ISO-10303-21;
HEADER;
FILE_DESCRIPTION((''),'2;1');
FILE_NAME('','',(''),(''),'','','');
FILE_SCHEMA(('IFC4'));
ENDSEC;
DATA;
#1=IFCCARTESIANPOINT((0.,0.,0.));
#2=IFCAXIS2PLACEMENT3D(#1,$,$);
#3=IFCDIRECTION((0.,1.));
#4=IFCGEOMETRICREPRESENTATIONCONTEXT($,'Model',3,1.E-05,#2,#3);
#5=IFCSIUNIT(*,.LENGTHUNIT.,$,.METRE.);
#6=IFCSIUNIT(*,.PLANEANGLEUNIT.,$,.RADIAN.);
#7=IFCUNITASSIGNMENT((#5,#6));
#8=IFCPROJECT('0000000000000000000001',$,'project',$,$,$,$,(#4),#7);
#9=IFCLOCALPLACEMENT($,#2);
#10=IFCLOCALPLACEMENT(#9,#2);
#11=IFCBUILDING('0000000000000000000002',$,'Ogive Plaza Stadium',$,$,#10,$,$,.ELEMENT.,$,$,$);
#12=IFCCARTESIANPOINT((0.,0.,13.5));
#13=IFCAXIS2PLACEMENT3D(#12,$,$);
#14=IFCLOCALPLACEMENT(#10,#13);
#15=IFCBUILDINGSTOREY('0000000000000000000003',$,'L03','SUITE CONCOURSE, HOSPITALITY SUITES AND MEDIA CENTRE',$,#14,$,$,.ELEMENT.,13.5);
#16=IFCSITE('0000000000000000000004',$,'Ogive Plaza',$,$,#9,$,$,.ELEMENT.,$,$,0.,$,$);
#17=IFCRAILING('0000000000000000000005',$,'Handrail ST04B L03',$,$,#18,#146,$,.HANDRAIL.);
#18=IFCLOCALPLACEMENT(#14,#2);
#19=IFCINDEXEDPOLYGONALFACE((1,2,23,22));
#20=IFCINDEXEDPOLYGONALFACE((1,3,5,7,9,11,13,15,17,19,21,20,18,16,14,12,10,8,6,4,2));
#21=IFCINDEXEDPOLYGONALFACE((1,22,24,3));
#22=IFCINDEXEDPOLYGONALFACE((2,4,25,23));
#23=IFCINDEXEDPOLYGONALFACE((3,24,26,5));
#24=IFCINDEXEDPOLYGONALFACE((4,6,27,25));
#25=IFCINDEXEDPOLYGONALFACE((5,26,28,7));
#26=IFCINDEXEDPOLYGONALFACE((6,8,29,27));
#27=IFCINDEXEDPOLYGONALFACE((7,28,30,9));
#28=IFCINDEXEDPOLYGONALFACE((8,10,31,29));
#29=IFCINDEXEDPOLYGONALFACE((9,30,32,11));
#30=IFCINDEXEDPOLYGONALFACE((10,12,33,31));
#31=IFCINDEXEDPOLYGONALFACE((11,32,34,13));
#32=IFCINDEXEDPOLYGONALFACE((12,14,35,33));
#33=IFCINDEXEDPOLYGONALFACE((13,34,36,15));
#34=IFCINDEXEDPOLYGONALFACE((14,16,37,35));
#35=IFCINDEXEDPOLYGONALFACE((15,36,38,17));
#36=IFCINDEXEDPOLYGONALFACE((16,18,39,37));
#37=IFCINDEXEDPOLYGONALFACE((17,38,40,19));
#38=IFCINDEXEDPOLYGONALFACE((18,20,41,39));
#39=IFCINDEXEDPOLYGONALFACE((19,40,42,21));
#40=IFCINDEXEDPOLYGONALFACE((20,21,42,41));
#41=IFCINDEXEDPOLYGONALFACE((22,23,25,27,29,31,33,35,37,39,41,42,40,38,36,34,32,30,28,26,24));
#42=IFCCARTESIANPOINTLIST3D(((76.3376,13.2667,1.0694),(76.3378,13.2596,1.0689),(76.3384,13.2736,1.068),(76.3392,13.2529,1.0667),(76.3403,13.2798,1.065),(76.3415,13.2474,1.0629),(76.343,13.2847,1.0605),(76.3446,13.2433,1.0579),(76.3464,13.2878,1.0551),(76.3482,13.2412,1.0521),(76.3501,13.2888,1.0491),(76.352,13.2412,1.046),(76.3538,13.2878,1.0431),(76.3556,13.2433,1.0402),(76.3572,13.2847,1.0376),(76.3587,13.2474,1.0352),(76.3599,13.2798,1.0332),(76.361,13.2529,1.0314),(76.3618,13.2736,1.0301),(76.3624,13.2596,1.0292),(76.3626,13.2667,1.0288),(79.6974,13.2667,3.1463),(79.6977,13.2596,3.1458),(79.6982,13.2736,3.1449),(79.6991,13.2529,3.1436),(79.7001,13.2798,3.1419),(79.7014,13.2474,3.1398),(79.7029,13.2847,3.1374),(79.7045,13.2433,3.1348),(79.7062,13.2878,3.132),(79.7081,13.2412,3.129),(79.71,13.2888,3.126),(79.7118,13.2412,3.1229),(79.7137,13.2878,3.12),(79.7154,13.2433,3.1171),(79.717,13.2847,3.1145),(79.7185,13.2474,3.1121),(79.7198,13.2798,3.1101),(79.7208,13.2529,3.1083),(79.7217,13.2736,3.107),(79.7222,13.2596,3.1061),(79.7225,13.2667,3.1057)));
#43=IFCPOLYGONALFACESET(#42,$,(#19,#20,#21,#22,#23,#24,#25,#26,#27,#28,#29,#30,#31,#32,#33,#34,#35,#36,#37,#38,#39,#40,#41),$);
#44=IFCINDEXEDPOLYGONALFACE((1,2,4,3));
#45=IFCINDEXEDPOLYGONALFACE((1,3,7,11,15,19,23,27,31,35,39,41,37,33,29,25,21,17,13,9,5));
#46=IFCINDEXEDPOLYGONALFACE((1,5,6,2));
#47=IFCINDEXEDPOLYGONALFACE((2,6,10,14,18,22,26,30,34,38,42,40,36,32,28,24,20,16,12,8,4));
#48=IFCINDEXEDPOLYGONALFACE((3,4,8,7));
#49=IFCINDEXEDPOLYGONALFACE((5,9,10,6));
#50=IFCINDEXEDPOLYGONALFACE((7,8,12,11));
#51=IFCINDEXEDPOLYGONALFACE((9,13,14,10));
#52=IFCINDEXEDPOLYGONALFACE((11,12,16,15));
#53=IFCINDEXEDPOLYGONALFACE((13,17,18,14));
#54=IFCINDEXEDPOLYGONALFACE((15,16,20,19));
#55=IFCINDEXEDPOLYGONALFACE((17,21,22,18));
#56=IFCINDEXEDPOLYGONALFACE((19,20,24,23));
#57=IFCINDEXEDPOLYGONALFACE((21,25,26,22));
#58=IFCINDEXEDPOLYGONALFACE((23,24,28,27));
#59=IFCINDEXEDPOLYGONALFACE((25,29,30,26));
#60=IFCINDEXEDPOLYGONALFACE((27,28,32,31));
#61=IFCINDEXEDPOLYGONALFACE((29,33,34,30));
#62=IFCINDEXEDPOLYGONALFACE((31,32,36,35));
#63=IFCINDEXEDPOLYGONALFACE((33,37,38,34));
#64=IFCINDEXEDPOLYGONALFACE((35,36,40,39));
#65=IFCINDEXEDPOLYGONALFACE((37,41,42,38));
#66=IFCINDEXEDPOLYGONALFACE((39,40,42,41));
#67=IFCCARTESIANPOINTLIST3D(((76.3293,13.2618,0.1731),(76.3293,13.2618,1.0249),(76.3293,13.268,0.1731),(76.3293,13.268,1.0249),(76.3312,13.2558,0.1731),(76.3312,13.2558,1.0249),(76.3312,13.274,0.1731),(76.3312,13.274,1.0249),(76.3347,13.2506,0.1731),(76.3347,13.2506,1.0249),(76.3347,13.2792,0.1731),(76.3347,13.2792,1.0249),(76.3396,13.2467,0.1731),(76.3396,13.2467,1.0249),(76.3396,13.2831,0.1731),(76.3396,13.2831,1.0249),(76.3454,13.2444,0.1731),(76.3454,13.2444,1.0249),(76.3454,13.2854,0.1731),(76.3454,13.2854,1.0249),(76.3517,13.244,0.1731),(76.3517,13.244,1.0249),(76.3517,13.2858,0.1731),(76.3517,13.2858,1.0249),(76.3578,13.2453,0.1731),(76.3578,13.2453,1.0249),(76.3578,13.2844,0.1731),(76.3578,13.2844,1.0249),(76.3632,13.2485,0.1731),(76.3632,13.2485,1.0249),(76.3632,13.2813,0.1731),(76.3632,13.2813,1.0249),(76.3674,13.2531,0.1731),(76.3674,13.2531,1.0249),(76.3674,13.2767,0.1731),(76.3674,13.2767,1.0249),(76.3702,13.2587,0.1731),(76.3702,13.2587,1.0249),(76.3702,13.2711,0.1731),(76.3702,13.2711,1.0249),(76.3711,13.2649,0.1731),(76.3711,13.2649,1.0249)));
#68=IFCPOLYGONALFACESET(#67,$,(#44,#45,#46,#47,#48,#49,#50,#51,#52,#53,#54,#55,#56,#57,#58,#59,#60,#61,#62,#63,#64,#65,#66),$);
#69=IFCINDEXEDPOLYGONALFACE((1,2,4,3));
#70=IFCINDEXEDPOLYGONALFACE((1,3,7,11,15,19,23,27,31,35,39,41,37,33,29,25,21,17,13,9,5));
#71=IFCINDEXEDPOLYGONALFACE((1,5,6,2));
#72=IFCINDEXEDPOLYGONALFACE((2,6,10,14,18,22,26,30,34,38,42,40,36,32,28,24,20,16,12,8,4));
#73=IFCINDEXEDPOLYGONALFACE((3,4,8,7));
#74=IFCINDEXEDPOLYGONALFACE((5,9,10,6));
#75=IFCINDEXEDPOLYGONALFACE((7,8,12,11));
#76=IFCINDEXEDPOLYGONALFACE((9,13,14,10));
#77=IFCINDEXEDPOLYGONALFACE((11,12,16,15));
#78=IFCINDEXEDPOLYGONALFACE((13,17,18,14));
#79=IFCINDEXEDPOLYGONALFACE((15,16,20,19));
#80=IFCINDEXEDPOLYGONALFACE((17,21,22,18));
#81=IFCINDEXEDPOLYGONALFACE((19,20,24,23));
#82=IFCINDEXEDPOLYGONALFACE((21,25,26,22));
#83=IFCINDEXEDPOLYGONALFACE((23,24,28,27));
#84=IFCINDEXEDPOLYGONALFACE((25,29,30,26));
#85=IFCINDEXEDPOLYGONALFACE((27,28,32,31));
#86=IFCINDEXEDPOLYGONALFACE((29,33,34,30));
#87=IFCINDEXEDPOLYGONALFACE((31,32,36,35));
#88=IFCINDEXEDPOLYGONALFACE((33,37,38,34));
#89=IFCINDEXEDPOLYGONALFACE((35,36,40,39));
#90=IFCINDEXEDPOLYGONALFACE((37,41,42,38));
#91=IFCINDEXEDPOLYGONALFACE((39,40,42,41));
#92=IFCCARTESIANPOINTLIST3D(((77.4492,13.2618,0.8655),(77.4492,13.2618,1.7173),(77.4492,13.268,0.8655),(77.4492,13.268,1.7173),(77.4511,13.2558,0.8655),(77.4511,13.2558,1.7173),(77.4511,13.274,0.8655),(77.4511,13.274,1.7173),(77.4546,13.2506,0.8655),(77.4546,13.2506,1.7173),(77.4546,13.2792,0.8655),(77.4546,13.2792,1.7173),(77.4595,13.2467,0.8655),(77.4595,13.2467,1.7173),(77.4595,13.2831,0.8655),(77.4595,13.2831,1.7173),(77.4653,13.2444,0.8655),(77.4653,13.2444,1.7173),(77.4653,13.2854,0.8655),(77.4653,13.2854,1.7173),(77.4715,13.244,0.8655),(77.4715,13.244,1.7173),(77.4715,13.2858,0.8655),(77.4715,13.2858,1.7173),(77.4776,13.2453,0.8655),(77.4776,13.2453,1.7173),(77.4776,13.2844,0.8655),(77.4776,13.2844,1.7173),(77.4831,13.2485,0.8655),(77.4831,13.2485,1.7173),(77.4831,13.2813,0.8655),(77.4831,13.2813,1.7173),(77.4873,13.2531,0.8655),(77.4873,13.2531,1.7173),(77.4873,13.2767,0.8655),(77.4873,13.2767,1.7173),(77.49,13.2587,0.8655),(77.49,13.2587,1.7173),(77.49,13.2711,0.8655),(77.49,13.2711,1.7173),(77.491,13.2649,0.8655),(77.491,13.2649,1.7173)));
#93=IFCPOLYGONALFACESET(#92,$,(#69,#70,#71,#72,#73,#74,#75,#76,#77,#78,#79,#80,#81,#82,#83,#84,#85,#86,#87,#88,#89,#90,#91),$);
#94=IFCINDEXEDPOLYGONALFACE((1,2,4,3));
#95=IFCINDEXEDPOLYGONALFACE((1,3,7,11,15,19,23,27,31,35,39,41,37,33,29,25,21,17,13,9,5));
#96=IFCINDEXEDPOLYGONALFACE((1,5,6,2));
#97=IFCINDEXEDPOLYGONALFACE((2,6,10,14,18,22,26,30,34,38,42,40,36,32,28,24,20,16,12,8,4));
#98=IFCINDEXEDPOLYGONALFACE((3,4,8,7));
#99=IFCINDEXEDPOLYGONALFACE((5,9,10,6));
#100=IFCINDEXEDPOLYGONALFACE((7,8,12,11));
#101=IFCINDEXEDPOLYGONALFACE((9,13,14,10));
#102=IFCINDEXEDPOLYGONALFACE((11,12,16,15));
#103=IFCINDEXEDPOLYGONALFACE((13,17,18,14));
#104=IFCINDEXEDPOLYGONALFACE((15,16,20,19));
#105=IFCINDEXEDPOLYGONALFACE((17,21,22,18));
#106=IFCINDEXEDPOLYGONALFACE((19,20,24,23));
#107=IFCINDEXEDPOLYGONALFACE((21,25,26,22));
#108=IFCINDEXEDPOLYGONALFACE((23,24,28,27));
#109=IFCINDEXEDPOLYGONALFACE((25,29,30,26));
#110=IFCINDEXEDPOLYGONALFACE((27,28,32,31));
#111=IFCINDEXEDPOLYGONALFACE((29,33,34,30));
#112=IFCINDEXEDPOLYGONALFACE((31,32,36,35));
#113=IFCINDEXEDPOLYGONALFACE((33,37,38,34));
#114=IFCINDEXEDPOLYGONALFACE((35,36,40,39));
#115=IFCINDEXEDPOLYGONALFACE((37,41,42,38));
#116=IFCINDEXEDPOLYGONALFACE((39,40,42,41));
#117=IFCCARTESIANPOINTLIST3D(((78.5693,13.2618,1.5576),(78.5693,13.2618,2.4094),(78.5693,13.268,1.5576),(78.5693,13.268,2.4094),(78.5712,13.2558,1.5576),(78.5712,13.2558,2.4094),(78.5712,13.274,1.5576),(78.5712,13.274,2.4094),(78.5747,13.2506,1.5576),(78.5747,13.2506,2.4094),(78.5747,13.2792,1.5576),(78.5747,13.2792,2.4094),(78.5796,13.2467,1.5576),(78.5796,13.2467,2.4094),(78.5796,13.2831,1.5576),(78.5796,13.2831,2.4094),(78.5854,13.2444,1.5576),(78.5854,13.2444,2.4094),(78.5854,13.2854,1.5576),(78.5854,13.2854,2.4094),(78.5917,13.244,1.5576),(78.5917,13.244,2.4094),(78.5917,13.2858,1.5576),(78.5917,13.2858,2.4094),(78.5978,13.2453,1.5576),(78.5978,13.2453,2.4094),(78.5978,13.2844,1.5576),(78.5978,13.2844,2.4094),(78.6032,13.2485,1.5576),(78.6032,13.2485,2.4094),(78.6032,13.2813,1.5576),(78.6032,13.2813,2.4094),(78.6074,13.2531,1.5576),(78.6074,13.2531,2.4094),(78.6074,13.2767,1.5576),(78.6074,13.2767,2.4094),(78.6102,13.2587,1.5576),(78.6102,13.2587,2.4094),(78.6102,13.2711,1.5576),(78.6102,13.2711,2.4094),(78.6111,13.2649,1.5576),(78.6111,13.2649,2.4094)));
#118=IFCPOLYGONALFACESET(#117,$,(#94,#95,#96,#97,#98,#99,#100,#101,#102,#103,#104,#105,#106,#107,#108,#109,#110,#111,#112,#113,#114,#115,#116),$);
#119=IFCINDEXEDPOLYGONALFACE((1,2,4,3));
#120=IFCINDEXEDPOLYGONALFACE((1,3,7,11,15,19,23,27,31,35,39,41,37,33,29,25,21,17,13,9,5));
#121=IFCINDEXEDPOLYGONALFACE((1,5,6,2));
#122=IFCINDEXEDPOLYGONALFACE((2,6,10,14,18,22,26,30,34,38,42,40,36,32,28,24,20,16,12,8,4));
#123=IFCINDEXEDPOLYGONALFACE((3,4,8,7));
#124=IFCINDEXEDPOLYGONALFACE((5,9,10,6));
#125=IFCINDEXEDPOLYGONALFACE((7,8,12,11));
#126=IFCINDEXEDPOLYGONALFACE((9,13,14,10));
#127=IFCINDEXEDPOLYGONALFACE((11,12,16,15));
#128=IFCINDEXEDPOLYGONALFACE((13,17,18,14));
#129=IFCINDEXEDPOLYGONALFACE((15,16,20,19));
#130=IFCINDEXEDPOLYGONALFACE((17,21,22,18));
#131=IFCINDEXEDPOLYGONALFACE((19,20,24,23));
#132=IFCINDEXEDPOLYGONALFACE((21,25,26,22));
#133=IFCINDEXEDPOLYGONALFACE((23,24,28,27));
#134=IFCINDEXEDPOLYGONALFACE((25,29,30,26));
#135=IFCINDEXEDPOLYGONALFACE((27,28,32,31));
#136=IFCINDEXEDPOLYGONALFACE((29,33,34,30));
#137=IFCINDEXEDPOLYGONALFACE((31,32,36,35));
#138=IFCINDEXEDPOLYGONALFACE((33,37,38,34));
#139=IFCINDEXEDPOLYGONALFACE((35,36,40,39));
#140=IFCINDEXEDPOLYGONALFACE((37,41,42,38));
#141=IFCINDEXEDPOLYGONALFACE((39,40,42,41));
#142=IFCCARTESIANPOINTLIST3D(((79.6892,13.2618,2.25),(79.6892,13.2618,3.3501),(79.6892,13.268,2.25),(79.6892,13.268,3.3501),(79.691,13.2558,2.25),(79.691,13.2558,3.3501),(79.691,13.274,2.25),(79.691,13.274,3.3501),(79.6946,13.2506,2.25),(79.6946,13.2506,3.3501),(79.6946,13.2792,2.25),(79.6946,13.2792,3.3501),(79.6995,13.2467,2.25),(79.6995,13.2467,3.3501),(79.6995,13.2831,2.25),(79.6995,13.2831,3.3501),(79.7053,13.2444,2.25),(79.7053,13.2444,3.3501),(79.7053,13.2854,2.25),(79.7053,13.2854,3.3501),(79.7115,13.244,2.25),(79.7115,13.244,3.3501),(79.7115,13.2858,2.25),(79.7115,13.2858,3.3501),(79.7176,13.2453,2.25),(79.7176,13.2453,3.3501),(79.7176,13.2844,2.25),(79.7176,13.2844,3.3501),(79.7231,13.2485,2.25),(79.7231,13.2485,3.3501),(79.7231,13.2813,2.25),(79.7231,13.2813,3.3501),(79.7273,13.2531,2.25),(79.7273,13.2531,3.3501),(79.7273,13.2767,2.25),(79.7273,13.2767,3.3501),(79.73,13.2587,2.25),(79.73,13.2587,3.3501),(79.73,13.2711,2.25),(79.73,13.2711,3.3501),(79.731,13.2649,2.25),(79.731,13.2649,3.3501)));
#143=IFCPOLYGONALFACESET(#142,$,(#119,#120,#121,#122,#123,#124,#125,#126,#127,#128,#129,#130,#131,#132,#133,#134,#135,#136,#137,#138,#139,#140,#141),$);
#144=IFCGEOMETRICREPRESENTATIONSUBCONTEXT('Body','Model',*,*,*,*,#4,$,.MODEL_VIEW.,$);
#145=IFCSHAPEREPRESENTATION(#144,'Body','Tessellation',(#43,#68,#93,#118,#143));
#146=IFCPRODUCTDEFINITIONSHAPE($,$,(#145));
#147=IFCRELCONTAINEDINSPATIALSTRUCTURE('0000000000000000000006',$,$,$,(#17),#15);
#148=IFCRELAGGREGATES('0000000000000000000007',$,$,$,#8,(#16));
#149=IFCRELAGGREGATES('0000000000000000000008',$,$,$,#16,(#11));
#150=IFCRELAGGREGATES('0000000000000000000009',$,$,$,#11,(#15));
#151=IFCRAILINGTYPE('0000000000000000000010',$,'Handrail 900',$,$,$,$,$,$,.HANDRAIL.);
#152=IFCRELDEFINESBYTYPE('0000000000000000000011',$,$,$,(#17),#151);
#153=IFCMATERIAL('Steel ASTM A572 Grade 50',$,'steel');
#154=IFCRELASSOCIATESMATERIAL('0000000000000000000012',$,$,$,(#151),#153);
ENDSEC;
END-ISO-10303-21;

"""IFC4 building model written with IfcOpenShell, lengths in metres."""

from ifc_helpers import new_model, si_unit, direction, frame, origin, origin_2d, place, context, subcontext, project, spatial, circle, extrude, material, type_object, element, save


model = new_model("IFC4")

# Units and contexts
model_context = context("Model", 3, precision=1e-05, world=origin(), true_north=direction((0.0, 1.0)))
body_context = subcontext(model_context, "Body", "Model", "MODEL_VIEW")
ifc_project = project(units=[si_unit("LENGTHUNIT", "METRE"), si_unit("PLANEANGLEUNIT", "RADIAN")], contexts=[model_context])

# Site, building, storey
site_placement = place(None, origin())
site = spatial("IfcSite", under=ifc_project, at=site_placement, Name="Ogive Plaza", CompositionType="ELEMENT", RefElevation=0.0)
building_placement = place(site_placement, origin())
building = spatial("IfcBuilding", under=site, at=building_placement, Name="Ogive Plaza Stadium", CompositionType="ELEMENT")
storey_placement = place(building_placement, frame((0.0, 0.0, 13.5)))
storey = spatial("IfcBuildingStorey", under=building, at=storey_placement, Name="L03", Description="SUITE CONCOURSE, HOSPITALITY SUITES AND MEDIA CENTRE", CompositionType="ELEMENT", Elevation=13.5)

# Railing
ifc_material_1 = material(Name="Steel ASTM A572 Grade 50", Category="steel")
railing_type_1 = type_object("IfcRailingType", Name="Handrail 900", PredefinedType="HANDRAIL", material=ifc_material_1)
for number, where, name in (
    (1, (76.3501, 13.2649, 0.1731), "Handrail ST04B L03"),
):
    element("IfcRailing", number, at=place(storey_placement, frame(where)), inside=storey, type_object=railing_type_1, Name=name, PredefinedType="HANDRAIL", context=body_context, shape_type="SweptSolid", body=[
        extrude(circle(Radius=0.0239, at=origin_2d()), frame((0.0, 0.0, 0.876), z_axis=(0.850606, 0.0, 0.525803), x_axis=(0.0, 1.0, 0.0)), (0.0, 0.0, 1.0), 3.95),
        extrude(circle(Radius=0.021, at=origin_2d()), origin(), (0.0, 0.0, 1.0), 0.8518),
        extrude(circle(Radius=0.021, at=origin_2d()), frame((1.1199, 0.0, 0.6924)), (0.0, 0.0, 1.0), 0.8518),
        extrude(circle(Radius=0.021, at=origin_2d()), frame((2.24, 0.0, 1.3845)), (0.0, 0.0, 1.0), 0.8518),
        extrude(circle(Radius=0.021, at=origin_2d()), frame((3.3599, 0.0, 2.0769)), (0.0, 0.0, 1.0), 1.1001),
    ])

save(model, "model.ifc")
